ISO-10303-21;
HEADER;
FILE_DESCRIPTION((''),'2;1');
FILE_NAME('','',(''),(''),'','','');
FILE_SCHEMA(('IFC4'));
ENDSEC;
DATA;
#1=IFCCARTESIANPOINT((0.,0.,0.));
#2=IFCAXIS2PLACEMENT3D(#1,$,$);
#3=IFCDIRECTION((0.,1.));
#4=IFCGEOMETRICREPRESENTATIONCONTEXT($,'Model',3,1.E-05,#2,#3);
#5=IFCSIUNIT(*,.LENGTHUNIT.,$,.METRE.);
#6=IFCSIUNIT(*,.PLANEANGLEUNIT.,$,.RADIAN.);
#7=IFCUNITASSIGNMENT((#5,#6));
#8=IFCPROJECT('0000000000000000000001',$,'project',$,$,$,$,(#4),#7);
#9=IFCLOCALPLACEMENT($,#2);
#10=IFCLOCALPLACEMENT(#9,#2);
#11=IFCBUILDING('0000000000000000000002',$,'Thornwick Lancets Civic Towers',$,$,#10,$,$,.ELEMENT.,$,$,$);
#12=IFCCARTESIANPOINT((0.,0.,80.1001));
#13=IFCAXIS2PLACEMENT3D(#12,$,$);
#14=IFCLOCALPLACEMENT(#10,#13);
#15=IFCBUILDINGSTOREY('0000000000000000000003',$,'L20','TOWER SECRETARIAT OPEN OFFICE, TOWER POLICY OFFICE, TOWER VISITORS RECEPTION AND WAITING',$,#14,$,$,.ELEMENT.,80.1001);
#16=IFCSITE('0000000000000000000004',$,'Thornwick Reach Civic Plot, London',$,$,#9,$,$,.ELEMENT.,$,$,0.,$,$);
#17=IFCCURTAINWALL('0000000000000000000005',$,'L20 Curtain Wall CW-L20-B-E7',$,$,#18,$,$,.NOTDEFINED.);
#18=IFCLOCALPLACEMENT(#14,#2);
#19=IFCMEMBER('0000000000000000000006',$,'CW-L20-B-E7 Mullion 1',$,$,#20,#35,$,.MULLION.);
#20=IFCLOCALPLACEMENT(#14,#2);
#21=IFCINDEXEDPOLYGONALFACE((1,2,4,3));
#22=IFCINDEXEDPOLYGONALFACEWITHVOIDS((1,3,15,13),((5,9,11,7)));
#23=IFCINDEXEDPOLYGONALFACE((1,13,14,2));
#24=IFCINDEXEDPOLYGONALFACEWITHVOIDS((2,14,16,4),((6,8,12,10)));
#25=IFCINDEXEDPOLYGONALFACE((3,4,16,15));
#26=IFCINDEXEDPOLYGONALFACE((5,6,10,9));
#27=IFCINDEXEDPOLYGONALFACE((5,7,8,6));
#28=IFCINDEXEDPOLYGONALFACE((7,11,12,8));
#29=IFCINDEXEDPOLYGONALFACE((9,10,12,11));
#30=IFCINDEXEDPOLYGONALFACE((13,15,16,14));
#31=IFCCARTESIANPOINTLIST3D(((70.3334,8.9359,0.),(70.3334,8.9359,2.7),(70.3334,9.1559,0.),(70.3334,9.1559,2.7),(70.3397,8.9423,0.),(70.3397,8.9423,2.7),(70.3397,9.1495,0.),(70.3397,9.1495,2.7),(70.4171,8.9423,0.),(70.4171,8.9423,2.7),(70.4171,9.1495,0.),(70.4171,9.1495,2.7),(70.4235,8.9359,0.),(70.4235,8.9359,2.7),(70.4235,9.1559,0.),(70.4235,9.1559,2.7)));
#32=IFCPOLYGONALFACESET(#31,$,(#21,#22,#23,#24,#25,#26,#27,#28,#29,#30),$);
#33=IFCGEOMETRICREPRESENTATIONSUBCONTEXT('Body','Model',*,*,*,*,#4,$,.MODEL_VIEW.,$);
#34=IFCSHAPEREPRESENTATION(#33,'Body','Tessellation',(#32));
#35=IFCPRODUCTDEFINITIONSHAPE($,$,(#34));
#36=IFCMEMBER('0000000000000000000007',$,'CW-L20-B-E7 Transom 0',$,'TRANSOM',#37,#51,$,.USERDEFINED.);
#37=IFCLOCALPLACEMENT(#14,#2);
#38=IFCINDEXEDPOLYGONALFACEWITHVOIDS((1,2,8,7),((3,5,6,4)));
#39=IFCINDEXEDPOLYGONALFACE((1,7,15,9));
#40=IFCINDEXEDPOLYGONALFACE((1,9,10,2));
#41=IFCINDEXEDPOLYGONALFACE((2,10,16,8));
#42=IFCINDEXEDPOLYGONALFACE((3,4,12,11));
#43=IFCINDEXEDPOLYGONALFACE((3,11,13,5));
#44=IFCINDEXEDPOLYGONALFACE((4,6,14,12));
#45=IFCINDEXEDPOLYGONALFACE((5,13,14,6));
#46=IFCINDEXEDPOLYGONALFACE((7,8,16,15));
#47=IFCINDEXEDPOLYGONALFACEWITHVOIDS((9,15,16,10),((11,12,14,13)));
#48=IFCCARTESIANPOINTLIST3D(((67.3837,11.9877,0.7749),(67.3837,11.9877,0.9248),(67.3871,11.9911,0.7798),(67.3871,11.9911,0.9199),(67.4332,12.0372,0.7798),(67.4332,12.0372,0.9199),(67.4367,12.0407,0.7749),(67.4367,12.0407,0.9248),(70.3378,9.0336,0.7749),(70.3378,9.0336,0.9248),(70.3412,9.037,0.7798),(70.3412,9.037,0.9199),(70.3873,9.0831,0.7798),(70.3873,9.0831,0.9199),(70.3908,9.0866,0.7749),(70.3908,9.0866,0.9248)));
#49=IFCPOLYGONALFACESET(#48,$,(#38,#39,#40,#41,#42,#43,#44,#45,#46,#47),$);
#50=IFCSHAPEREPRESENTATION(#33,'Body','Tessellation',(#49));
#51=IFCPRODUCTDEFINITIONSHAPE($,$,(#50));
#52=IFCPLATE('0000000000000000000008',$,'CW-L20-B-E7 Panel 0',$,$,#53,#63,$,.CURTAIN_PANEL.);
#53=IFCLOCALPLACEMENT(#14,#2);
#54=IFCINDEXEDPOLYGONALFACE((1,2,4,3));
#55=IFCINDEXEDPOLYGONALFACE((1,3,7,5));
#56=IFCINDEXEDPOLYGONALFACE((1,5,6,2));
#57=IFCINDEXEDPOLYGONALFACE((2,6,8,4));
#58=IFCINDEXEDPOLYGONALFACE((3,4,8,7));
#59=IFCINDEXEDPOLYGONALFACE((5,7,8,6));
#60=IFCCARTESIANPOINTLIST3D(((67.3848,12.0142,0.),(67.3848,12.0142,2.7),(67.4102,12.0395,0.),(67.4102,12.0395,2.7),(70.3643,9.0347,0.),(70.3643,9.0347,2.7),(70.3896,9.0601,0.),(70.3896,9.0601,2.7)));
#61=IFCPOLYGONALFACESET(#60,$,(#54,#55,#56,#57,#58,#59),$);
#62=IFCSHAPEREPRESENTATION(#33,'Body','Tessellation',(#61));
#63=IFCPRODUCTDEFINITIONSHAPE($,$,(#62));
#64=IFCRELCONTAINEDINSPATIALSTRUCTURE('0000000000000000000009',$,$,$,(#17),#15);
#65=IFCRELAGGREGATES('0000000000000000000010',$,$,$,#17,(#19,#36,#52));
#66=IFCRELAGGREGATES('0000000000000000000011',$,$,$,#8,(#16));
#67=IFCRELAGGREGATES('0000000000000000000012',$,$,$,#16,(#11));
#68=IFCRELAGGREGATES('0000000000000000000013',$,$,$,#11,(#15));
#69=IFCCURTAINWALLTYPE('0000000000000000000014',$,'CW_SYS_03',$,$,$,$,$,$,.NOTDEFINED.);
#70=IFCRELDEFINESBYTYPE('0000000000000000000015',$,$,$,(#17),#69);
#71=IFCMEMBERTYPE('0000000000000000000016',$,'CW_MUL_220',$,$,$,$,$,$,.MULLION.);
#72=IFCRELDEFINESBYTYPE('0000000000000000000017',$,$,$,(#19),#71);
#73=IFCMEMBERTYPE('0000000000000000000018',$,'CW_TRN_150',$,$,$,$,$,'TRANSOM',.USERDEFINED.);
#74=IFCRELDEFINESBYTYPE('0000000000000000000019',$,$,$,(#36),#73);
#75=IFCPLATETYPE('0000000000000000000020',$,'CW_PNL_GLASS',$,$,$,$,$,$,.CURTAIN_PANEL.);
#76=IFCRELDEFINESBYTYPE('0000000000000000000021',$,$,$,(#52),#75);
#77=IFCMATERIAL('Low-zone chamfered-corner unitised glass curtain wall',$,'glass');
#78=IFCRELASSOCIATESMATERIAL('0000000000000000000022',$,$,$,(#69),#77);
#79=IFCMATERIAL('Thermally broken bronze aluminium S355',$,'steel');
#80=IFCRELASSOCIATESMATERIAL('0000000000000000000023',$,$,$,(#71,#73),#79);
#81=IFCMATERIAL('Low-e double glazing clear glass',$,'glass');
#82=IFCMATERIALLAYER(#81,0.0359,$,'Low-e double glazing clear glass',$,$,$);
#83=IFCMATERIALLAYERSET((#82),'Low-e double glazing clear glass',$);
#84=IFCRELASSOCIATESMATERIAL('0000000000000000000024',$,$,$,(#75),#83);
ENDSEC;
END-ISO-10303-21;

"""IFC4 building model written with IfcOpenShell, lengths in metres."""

from ifc_helpers import new_model, si_unit, direction, frame, origin, origin_2d, place, context, subcontext, project, spatial, rectangle, hollow_rectangle, extrude, material, layer, layer_set, material_profile, profile_set, type_object, element, aggregate, save


model = new_model("IFC4")

# Units and contexts
model_context = context("Model", 3, precision=1e-05, world=origin(), true_north=direction((0.0, 1.0)))
body_context = subcontext(model_context, "Body", "Model", "MODEL_VIEW")
ifc_project = project(units=[si_unit("LENGTHUNIT", "METRE"), si_unit("PLANEANGLEUNIT", "RADIAN")], contexts=[model_context])

# Site, building, storey
site_placement = place(None, origin())
site = spatial("IfcSite", under=ifc_project, at=site_placement, Name="Thornwick Reach Civic Plot, London", CompositionType="ELEMENT", RefElevation=0.0)
building_placement = place(site_placement, origin())
building = spatial("IfcBuilding", under=site, at=building_placement, Name="Thornwick Lancets Civic Towers", CompositionType="ELEMENT")
storey_placement = place(building_placement, frame((0.0, 0.0, 80.1001)))
storey = spatial("IfcBuildingStorey", under=building, at=storey_placement, Name="L20", Description="TOWER SECRETARIAT OPEN OFFICE, TOWER POLICY OFFICE, TOWER VISITORS RECEPTION AND WAITING", CompositionType="ELEMENT", Elevation=80.1001)

# Curtain wall, members, plate
ifc_material_1 = material(Name="Low-zone chamfered-corner unitised glass curtain wall", Category="glass")
curtain_wall_type = type_object("IfcCurtainWallType", Name="CW_SYS_03", PredefinedType="NOTDEFINED", material=ifc_material_1)
curtain_wall_placement = place(storey_placement, origin())
curtain_wall = element("IfcCurtainWall", 1, at=curtain_wall_placement, inside=storey, type_object=curtain_wall_type, Name="L20 Curtain Wall CW-L20-B-E7", PredefinedType="NOTDEFINED")
ifc_material_2 = material(Name="Thermally broken bronze aluminium S355", Category="steel")
ifc_material_profile_1 = material_profile(ifc_material_2, hollow_rectangle(XDim=0.0901, YDim=0.22, WallThickness=0.0063, at=origin_2d()), Name="RHS 220x90x6.3")
ifc_profile_set_1 = profile_set([ifc_material_profile_1], Name="Thermally broken bronze aluminium S355")
member_type_1 = type_object("IfcMemberType", Name="CW_MUL_220", PredefinedType="MULLION", material=ifc_profile_set_1)
member_1_placement = place(storey_placement, frame((70.3784, 9.0459, 0.0), z_axis=(0.0, 0.0, 1.0), x_axis=(1.0, 0.0, 0.0)))
member_1 = element("IfcMember", 2, at=member_1_placement, type_object=member_type_1, Name="CW-L20-B-E7 Mullion 1", PredefinedType="MULLION", context=body_context, shape_type="SweptSolid", body=[
    extrude(hollow_rectangle(XDim=0.0901, YDim=0.22, WallThickness=0.0063, at=origin_2d()), origin(), (0.0, 0.0, 1.0), 2.7),
])
ifc_material_profile_2 = material_profile(ifc_material_2, hollow_rectangle(XDim=0.075, YDim=0.1499, WallThickness=0.0049, at=origin_2d()), Name="RHS 150x75x5")
ifc_profile_set_2 = profile_set([ifc_material_profile_2], Name="Thermally broken bronze aluminium S355")
member_type_2 = type_object("IfcMemberType", Name="CW_TRN_150", ElementType="TRANSOM", PredefinedType="USERDEFINED", material=ifc_profile_set_2)
member_2_placement = place(storey_placement, frame((67.4102, 12.0142, 0.8499), z_axis=(0.707107, -0.707107, 0.0), x_axis=(0.707107, 0.707107, 0.0)))
member_2 = element("IfcMember", 3, at=member_2_placement, type_object=member_type_2, Name="CW-L20-B-E7 Transom 0", ObjectType="TRANSOM", PredefinedType="USERDEFINED", context=body_context, shape_type="SweptSolid", body=[
    extrude(hollow_rectangle(XDim=0.075, YDim=0.1499, WallThickness=0.0049, at=origin_2d()), origin(), (0.0, 0.0, 1.0), 4.1777),
])
ifc_material_3 = material(Name="Low-e double glazing clear glass", Category="glass")
ifc_layer_1 = layer(ifc_material_3, 0.0359, Name="Low-e double glazing clear glass")
ifc_layer_set_1 = layer_set([ifc_layer_1], Name="Low-e double glazing clear glass")
plate_type = type_object("IfcPlateType", Name="CW_PNL_GLASS", PredefinedType="CURTAIN_PANEL", material=ifc_layer_set_1)
plate_placement = place(storey_placement, frame((68.8872, 10.5371, 0.0), z_axis=(0.0, 0.0, 1.0), x_axis=(0.707107, -0.707107, 0.0)))
plate = element("IfcPlate", 4, at=plate_placement, type_object=plate_type, Name="CW-L20-B-E7 Panel 0", PredefinedType="CURTAIN_PANEL", context=body_context, shape_type="SweptSolid", body=[
    extrude(rectangle(XDim=4.2136, YDim=0.0359, at=origin_2d()), origin(), (0.0, 0.0, 1.0), 2.7),
])
aggregate(curtain_wall, [member_1, member_2, plate])

save(model, "model.ifc")
